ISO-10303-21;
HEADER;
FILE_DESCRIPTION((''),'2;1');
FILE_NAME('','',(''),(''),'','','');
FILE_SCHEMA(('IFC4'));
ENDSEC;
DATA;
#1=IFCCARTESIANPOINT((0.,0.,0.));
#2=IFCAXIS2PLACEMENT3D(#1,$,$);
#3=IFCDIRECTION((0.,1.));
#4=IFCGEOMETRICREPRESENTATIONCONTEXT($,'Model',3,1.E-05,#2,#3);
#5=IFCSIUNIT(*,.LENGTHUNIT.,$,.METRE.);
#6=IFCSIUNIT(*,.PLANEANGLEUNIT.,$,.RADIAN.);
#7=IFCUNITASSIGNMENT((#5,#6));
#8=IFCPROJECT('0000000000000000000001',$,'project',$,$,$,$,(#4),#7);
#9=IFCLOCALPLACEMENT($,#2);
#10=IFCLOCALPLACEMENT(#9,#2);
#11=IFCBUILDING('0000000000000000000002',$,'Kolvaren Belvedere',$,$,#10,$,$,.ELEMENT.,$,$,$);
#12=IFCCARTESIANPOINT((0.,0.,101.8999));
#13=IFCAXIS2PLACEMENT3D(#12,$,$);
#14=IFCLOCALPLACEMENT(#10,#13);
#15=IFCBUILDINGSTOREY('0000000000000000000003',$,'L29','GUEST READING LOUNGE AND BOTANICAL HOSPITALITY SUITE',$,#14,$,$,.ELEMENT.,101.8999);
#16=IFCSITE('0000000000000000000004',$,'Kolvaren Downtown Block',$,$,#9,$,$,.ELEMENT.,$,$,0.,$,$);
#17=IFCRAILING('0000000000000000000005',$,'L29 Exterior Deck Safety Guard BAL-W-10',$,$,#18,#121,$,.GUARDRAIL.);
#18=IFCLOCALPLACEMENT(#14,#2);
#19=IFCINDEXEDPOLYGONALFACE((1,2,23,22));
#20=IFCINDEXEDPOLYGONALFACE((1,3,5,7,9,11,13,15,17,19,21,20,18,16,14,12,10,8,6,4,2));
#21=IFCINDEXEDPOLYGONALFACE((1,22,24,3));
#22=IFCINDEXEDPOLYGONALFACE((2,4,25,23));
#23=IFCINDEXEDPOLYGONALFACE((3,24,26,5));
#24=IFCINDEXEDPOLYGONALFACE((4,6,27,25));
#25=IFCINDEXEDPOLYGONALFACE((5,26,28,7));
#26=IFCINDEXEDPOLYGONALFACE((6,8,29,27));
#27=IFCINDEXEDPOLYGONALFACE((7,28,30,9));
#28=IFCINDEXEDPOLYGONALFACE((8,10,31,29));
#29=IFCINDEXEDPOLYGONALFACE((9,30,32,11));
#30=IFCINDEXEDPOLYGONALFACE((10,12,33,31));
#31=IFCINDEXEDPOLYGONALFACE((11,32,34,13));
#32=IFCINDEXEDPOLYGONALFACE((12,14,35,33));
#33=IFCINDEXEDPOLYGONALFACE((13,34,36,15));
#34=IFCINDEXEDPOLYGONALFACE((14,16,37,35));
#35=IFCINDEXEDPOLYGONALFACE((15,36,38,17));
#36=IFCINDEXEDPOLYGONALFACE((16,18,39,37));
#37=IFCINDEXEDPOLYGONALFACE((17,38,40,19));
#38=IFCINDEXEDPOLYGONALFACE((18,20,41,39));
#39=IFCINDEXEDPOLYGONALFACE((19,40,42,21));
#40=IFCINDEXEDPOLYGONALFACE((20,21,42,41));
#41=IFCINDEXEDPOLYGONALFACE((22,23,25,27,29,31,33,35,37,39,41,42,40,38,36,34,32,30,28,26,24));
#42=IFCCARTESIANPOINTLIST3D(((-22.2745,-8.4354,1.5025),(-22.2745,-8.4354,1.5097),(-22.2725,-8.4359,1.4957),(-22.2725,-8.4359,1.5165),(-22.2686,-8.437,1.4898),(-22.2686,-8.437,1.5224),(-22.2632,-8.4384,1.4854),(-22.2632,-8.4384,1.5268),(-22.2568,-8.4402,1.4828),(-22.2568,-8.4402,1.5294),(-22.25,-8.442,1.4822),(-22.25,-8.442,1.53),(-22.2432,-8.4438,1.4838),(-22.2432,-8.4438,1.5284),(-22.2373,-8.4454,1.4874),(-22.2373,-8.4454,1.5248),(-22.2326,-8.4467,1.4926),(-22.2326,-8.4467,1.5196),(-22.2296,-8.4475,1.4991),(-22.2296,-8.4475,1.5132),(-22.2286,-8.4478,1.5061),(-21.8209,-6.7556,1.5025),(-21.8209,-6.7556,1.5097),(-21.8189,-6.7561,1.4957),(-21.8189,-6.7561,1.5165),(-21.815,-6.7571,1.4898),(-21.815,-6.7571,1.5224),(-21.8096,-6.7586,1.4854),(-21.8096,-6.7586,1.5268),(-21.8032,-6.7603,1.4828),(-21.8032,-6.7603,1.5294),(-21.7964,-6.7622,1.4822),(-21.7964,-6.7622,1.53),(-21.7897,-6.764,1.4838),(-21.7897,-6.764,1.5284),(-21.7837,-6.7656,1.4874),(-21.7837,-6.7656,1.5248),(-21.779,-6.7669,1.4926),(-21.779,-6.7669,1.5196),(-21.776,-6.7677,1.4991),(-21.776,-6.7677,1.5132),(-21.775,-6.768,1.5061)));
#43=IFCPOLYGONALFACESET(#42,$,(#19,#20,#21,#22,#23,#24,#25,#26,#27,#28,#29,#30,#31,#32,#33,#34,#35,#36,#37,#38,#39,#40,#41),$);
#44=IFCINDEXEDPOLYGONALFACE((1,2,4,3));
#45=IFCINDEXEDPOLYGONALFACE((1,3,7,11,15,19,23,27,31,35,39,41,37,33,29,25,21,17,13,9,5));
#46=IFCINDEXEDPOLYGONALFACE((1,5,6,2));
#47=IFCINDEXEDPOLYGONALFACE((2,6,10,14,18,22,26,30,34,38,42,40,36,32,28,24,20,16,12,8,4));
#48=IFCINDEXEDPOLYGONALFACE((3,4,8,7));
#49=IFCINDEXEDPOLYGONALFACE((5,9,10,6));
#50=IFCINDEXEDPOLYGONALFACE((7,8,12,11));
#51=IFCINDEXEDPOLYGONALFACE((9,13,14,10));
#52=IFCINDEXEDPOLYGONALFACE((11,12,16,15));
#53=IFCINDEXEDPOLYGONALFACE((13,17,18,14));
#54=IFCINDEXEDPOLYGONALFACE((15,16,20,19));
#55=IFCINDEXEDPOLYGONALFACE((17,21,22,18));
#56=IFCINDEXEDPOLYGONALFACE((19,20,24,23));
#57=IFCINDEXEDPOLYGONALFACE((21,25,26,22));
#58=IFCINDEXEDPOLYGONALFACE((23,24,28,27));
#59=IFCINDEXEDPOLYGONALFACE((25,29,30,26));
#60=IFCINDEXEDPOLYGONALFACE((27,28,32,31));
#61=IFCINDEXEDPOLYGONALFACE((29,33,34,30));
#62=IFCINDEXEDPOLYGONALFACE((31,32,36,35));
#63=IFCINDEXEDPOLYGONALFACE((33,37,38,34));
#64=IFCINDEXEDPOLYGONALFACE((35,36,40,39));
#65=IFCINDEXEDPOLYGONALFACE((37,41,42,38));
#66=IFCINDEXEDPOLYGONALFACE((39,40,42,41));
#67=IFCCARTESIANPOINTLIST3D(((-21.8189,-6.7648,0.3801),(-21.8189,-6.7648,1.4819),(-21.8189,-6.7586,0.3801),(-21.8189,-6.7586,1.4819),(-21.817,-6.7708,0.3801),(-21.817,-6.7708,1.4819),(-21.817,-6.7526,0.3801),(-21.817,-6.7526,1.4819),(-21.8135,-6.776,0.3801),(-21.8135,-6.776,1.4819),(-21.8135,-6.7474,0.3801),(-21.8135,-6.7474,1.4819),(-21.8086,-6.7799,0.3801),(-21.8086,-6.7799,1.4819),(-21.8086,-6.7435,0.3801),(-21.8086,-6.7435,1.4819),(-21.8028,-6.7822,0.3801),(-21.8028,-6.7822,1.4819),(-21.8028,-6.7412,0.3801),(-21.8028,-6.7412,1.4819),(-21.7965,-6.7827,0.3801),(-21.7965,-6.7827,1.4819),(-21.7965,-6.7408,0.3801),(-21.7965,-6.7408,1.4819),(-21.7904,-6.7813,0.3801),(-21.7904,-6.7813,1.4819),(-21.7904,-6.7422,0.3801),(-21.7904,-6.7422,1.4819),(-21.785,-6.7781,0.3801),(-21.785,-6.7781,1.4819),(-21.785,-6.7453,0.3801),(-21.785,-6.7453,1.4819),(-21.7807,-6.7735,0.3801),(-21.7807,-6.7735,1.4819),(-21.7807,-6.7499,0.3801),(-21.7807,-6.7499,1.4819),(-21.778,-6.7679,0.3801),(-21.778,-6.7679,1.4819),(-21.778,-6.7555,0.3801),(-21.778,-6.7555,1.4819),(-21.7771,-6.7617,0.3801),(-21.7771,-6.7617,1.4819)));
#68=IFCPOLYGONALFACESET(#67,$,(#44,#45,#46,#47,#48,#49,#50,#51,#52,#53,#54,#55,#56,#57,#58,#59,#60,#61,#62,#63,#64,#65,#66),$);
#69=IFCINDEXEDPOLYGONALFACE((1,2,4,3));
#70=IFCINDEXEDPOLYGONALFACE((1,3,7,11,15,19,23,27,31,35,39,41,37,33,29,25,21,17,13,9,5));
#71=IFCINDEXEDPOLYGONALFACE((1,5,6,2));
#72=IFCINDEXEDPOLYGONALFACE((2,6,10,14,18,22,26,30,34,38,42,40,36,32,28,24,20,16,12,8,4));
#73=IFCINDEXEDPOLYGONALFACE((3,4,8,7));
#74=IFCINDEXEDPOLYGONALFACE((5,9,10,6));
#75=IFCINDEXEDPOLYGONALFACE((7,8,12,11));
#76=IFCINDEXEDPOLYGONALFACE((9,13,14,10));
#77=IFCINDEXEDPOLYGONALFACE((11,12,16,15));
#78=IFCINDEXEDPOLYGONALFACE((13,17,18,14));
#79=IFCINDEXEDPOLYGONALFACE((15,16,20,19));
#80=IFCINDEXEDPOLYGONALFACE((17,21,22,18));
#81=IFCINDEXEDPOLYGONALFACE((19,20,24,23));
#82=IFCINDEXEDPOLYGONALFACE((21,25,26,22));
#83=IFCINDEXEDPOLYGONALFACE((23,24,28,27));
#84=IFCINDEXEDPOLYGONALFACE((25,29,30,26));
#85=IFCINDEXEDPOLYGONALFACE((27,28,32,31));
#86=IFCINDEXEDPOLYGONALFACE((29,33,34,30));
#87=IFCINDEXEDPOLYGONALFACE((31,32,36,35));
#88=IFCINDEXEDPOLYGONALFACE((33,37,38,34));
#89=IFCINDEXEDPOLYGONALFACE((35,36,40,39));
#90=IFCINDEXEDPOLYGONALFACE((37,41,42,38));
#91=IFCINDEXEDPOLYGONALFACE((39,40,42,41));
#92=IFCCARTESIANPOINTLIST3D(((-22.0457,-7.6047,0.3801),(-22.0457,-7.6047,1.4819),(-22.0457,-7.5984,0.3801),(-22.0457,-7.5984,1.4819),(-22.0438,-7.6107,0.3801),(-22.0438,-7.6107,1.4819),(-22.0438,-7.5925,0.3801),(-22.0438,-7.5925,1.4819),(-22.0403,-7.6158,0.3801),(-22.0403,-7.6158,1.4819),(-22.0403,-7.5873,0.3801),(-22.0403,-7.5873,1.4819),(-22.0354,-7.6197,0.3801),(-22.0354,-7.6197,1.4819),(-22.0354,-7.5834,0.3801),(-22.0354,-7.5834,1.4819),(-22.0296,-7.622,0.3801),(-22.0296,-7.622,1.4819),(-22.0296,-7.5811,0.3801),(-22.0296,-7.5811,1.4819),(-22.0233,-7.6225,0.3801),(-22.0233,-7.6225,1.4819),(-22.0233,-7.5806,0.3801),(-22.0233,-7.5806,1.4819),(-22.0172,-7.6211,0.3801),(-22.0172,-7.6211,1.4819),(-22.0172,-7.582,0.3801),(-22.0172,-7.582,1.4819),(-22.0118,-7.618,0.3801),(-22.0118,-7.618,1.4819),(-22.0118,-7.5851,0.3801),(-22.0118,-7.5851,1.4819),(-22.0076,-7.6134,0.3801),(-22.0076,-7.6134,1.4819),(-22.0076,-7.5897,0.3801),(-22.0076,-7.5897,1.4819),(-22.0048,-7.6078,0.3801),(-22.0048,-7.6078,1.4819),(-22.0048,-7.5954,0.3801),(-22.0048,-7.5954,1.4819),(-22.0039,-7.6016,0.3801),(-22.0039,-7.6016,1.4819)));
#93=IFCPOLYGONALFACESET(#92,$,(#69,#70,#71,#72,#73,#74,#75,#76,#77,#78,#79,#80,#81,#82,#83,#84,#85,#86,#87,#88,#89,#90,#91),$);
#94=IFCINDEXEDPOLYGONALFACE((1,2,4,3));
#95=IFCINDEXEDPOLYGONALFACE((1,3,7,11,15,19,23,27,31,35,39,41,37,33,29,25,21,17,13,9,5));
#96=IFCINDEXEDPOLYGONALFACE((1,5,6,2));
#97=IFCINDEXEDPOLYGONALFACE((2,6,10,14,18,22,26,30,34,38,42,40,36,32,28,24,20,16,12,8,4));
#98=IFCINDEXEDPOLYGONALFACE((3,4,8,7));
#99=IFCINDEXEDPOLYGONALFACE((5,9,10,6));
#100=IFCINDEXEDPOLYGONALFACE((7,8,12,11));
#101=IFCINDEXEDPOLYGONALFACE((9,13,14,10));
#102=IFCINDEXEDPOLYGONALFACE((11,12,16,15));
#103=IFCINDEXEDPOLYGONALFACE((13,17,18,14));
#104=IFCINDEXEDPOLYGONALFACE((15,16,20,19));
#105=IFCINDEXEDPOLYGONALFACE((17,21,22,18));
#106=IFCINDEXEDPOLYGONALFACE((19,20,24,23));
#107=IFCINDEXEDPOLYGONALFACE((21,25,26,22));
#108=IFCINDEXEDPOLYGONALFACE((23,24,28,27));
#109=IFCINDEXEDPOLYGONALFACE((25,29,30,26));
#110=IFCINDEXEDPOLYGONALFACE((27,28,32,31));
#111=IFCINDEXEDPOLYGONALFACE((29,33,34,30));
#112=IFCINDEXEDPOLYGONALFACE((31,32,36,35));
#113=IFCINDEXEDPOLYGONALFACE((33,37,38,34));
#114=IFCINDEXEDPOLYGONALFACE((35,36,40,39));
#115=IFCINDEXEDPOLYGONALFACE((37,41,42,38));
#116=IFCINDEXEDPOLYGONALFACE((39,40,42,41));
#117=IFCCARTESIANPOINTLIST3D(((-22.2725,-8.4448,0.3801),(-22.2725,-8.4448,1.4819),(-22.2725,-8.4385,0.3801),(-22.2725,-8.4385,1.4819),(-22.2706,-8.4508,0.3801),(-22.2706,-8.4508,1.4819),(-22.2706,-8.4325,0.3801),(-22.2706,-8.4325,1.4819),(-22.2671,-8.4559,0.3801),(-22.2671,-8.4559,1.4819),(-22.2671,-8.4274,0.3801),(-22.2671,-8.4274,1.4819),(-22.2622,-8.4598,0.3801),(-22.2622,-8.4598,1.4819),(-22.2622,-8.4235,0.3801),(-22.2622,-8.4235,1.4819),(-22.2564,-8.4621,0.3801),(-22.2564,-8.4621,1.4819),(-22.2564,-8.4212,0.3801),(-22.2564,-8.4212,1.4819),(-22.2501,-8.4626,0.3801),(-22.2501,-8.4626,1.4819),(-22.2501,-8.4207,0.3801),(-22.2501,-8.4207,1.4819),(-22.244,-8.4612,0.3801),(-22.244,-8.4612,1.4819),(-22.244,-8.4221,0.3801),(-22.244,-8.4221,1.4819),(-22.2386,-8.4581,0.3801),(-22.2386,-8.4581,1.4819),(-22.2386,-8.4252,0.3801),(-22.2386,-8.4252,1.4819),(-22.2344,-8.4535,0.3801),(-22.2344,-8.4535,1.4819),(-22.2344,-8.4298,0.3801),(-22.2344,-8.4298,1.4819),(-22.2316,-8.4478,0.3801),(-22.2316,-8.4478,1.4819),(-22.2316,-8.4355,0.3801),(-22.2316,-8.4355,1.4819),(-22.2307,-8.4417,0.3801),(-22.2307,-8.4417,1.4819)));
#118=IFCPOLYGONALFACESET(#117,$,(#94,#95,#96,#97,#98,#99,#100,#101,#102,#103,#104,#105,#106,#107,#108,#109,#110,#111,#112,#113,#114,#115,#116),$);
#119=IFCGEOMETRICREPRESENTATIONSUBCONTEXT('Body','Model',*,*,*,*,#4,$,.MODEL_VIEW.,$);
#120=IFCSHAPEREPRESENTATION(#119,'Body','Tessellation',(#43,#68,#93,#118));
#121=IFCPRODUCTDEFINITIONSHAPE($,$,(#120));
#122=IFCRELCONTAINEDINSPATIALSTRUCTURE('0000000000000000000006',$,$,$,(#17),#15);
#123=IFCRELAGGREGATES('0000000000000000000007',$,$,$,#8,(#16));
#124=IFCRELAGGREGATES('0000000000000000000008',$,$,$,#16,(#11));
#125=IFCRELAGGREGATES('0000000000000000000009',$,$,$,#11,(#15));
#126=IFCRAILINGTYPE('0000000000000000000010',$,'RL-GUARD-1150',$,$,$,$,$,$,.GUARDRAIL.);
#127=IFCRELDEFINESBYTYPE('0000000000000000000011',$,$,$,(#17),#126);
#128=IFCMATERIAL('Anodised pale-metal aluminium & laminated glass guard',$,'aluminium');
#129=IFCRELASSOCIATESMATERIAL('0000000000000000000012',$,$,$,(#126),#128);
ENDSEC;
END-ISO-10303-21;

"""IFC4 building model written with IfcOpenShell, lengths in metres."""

from ifc_helpers import new_model, si_unit, direction, frame, origin, origin_2d, place, context, subcontext, project, spatial, circle, extrude, material, type_object, element, save


model = new_model("IFC4")

# Units and contexts
model_context = context("Model", 3, precision=1e-05, world=origin(), true_north=direction((0.0, 1.0)))
body_context = subcontext(model_context, "Body", "Model", "MODEL_VIEW")
ifc_project = project(units=[si_unit("LENGTHUNIT", "METRE"), si_unit("PLANEANGLEUNIT", "RADIAN")], contexts=[model_context])

# Site, building, storey
site_placement = place(None, origin())
site = spatial("IfcSite", under=ifc_project, at=site_placement, Name="Kolvaren Downtown Block", CompositionType="ELEMENT", RefElevation=0.0)
building_placement = place(site_placement, origin())
building = spatial("IfcBuilding", under=site, at=building_placement, Name="Kolvaren Belvedere", CompositionType="ELEMENT")
storey_placement = place(building_placement, frame((0.0, 0.0, 101.8999)))
storey = spatial("IfcBuildingStorey", under=building, at=storey_placement, Name="L29", Description="GUEST READING LOUNGE AND BOTANICAL HOSPITALITY SUITE", CompositionType="ELEMENT", Elevation=101.8999)

# Railing
ifc_material_1 = material(Name="Anodised pale-metal aluminium & laminated glass guard", Category="aluminium")
railing_type = type_object("IfcRailingType", Name="RL-GUARD-1150", PredefinedType="GUARDRAIL", material=ifc_material_1)
railing_1_placement = place(storey_placement, frame((-21.7981, -6.7617, 0.3801)))
element("IfcRailing", 1, at=railing_1_placement, inside=storey, type_object=railing_type, Name="L29 Exterior Deck Safety Guard BAL-W-10", PredefinedType="GUARDRAIL", context=body_context, shape_type="SweptSolid", body=[
    extrude(circle(Radius=0.0239, at=origin_2d()), frame((0.0, 0.0, 1.126), z_axis=(-0.260683, -0.965424, 0.0), x_axis=(0.965424, -0.260683, 0.0)), (0.0, 0.0, 1.0), 1.74),
    extrude(circle(Radius=0.021, at=origin_2d()), origin(), (0.0, 0.0, 1.0), 1.1018),
    extrude(circle(Radius=0.021, at=origin_2d()), frame((-0.2268, -0.8398, 0.0)), (0.0, 0.0, 1.0), 1.1018),
    extrude(circle(Radius=0.021, at=origin_2d()), frame((-0.4536, -1.6799, 0.0)), (0.0, 0.0, 1.0), 1.1018),
])

save(model, "model.ifc")
